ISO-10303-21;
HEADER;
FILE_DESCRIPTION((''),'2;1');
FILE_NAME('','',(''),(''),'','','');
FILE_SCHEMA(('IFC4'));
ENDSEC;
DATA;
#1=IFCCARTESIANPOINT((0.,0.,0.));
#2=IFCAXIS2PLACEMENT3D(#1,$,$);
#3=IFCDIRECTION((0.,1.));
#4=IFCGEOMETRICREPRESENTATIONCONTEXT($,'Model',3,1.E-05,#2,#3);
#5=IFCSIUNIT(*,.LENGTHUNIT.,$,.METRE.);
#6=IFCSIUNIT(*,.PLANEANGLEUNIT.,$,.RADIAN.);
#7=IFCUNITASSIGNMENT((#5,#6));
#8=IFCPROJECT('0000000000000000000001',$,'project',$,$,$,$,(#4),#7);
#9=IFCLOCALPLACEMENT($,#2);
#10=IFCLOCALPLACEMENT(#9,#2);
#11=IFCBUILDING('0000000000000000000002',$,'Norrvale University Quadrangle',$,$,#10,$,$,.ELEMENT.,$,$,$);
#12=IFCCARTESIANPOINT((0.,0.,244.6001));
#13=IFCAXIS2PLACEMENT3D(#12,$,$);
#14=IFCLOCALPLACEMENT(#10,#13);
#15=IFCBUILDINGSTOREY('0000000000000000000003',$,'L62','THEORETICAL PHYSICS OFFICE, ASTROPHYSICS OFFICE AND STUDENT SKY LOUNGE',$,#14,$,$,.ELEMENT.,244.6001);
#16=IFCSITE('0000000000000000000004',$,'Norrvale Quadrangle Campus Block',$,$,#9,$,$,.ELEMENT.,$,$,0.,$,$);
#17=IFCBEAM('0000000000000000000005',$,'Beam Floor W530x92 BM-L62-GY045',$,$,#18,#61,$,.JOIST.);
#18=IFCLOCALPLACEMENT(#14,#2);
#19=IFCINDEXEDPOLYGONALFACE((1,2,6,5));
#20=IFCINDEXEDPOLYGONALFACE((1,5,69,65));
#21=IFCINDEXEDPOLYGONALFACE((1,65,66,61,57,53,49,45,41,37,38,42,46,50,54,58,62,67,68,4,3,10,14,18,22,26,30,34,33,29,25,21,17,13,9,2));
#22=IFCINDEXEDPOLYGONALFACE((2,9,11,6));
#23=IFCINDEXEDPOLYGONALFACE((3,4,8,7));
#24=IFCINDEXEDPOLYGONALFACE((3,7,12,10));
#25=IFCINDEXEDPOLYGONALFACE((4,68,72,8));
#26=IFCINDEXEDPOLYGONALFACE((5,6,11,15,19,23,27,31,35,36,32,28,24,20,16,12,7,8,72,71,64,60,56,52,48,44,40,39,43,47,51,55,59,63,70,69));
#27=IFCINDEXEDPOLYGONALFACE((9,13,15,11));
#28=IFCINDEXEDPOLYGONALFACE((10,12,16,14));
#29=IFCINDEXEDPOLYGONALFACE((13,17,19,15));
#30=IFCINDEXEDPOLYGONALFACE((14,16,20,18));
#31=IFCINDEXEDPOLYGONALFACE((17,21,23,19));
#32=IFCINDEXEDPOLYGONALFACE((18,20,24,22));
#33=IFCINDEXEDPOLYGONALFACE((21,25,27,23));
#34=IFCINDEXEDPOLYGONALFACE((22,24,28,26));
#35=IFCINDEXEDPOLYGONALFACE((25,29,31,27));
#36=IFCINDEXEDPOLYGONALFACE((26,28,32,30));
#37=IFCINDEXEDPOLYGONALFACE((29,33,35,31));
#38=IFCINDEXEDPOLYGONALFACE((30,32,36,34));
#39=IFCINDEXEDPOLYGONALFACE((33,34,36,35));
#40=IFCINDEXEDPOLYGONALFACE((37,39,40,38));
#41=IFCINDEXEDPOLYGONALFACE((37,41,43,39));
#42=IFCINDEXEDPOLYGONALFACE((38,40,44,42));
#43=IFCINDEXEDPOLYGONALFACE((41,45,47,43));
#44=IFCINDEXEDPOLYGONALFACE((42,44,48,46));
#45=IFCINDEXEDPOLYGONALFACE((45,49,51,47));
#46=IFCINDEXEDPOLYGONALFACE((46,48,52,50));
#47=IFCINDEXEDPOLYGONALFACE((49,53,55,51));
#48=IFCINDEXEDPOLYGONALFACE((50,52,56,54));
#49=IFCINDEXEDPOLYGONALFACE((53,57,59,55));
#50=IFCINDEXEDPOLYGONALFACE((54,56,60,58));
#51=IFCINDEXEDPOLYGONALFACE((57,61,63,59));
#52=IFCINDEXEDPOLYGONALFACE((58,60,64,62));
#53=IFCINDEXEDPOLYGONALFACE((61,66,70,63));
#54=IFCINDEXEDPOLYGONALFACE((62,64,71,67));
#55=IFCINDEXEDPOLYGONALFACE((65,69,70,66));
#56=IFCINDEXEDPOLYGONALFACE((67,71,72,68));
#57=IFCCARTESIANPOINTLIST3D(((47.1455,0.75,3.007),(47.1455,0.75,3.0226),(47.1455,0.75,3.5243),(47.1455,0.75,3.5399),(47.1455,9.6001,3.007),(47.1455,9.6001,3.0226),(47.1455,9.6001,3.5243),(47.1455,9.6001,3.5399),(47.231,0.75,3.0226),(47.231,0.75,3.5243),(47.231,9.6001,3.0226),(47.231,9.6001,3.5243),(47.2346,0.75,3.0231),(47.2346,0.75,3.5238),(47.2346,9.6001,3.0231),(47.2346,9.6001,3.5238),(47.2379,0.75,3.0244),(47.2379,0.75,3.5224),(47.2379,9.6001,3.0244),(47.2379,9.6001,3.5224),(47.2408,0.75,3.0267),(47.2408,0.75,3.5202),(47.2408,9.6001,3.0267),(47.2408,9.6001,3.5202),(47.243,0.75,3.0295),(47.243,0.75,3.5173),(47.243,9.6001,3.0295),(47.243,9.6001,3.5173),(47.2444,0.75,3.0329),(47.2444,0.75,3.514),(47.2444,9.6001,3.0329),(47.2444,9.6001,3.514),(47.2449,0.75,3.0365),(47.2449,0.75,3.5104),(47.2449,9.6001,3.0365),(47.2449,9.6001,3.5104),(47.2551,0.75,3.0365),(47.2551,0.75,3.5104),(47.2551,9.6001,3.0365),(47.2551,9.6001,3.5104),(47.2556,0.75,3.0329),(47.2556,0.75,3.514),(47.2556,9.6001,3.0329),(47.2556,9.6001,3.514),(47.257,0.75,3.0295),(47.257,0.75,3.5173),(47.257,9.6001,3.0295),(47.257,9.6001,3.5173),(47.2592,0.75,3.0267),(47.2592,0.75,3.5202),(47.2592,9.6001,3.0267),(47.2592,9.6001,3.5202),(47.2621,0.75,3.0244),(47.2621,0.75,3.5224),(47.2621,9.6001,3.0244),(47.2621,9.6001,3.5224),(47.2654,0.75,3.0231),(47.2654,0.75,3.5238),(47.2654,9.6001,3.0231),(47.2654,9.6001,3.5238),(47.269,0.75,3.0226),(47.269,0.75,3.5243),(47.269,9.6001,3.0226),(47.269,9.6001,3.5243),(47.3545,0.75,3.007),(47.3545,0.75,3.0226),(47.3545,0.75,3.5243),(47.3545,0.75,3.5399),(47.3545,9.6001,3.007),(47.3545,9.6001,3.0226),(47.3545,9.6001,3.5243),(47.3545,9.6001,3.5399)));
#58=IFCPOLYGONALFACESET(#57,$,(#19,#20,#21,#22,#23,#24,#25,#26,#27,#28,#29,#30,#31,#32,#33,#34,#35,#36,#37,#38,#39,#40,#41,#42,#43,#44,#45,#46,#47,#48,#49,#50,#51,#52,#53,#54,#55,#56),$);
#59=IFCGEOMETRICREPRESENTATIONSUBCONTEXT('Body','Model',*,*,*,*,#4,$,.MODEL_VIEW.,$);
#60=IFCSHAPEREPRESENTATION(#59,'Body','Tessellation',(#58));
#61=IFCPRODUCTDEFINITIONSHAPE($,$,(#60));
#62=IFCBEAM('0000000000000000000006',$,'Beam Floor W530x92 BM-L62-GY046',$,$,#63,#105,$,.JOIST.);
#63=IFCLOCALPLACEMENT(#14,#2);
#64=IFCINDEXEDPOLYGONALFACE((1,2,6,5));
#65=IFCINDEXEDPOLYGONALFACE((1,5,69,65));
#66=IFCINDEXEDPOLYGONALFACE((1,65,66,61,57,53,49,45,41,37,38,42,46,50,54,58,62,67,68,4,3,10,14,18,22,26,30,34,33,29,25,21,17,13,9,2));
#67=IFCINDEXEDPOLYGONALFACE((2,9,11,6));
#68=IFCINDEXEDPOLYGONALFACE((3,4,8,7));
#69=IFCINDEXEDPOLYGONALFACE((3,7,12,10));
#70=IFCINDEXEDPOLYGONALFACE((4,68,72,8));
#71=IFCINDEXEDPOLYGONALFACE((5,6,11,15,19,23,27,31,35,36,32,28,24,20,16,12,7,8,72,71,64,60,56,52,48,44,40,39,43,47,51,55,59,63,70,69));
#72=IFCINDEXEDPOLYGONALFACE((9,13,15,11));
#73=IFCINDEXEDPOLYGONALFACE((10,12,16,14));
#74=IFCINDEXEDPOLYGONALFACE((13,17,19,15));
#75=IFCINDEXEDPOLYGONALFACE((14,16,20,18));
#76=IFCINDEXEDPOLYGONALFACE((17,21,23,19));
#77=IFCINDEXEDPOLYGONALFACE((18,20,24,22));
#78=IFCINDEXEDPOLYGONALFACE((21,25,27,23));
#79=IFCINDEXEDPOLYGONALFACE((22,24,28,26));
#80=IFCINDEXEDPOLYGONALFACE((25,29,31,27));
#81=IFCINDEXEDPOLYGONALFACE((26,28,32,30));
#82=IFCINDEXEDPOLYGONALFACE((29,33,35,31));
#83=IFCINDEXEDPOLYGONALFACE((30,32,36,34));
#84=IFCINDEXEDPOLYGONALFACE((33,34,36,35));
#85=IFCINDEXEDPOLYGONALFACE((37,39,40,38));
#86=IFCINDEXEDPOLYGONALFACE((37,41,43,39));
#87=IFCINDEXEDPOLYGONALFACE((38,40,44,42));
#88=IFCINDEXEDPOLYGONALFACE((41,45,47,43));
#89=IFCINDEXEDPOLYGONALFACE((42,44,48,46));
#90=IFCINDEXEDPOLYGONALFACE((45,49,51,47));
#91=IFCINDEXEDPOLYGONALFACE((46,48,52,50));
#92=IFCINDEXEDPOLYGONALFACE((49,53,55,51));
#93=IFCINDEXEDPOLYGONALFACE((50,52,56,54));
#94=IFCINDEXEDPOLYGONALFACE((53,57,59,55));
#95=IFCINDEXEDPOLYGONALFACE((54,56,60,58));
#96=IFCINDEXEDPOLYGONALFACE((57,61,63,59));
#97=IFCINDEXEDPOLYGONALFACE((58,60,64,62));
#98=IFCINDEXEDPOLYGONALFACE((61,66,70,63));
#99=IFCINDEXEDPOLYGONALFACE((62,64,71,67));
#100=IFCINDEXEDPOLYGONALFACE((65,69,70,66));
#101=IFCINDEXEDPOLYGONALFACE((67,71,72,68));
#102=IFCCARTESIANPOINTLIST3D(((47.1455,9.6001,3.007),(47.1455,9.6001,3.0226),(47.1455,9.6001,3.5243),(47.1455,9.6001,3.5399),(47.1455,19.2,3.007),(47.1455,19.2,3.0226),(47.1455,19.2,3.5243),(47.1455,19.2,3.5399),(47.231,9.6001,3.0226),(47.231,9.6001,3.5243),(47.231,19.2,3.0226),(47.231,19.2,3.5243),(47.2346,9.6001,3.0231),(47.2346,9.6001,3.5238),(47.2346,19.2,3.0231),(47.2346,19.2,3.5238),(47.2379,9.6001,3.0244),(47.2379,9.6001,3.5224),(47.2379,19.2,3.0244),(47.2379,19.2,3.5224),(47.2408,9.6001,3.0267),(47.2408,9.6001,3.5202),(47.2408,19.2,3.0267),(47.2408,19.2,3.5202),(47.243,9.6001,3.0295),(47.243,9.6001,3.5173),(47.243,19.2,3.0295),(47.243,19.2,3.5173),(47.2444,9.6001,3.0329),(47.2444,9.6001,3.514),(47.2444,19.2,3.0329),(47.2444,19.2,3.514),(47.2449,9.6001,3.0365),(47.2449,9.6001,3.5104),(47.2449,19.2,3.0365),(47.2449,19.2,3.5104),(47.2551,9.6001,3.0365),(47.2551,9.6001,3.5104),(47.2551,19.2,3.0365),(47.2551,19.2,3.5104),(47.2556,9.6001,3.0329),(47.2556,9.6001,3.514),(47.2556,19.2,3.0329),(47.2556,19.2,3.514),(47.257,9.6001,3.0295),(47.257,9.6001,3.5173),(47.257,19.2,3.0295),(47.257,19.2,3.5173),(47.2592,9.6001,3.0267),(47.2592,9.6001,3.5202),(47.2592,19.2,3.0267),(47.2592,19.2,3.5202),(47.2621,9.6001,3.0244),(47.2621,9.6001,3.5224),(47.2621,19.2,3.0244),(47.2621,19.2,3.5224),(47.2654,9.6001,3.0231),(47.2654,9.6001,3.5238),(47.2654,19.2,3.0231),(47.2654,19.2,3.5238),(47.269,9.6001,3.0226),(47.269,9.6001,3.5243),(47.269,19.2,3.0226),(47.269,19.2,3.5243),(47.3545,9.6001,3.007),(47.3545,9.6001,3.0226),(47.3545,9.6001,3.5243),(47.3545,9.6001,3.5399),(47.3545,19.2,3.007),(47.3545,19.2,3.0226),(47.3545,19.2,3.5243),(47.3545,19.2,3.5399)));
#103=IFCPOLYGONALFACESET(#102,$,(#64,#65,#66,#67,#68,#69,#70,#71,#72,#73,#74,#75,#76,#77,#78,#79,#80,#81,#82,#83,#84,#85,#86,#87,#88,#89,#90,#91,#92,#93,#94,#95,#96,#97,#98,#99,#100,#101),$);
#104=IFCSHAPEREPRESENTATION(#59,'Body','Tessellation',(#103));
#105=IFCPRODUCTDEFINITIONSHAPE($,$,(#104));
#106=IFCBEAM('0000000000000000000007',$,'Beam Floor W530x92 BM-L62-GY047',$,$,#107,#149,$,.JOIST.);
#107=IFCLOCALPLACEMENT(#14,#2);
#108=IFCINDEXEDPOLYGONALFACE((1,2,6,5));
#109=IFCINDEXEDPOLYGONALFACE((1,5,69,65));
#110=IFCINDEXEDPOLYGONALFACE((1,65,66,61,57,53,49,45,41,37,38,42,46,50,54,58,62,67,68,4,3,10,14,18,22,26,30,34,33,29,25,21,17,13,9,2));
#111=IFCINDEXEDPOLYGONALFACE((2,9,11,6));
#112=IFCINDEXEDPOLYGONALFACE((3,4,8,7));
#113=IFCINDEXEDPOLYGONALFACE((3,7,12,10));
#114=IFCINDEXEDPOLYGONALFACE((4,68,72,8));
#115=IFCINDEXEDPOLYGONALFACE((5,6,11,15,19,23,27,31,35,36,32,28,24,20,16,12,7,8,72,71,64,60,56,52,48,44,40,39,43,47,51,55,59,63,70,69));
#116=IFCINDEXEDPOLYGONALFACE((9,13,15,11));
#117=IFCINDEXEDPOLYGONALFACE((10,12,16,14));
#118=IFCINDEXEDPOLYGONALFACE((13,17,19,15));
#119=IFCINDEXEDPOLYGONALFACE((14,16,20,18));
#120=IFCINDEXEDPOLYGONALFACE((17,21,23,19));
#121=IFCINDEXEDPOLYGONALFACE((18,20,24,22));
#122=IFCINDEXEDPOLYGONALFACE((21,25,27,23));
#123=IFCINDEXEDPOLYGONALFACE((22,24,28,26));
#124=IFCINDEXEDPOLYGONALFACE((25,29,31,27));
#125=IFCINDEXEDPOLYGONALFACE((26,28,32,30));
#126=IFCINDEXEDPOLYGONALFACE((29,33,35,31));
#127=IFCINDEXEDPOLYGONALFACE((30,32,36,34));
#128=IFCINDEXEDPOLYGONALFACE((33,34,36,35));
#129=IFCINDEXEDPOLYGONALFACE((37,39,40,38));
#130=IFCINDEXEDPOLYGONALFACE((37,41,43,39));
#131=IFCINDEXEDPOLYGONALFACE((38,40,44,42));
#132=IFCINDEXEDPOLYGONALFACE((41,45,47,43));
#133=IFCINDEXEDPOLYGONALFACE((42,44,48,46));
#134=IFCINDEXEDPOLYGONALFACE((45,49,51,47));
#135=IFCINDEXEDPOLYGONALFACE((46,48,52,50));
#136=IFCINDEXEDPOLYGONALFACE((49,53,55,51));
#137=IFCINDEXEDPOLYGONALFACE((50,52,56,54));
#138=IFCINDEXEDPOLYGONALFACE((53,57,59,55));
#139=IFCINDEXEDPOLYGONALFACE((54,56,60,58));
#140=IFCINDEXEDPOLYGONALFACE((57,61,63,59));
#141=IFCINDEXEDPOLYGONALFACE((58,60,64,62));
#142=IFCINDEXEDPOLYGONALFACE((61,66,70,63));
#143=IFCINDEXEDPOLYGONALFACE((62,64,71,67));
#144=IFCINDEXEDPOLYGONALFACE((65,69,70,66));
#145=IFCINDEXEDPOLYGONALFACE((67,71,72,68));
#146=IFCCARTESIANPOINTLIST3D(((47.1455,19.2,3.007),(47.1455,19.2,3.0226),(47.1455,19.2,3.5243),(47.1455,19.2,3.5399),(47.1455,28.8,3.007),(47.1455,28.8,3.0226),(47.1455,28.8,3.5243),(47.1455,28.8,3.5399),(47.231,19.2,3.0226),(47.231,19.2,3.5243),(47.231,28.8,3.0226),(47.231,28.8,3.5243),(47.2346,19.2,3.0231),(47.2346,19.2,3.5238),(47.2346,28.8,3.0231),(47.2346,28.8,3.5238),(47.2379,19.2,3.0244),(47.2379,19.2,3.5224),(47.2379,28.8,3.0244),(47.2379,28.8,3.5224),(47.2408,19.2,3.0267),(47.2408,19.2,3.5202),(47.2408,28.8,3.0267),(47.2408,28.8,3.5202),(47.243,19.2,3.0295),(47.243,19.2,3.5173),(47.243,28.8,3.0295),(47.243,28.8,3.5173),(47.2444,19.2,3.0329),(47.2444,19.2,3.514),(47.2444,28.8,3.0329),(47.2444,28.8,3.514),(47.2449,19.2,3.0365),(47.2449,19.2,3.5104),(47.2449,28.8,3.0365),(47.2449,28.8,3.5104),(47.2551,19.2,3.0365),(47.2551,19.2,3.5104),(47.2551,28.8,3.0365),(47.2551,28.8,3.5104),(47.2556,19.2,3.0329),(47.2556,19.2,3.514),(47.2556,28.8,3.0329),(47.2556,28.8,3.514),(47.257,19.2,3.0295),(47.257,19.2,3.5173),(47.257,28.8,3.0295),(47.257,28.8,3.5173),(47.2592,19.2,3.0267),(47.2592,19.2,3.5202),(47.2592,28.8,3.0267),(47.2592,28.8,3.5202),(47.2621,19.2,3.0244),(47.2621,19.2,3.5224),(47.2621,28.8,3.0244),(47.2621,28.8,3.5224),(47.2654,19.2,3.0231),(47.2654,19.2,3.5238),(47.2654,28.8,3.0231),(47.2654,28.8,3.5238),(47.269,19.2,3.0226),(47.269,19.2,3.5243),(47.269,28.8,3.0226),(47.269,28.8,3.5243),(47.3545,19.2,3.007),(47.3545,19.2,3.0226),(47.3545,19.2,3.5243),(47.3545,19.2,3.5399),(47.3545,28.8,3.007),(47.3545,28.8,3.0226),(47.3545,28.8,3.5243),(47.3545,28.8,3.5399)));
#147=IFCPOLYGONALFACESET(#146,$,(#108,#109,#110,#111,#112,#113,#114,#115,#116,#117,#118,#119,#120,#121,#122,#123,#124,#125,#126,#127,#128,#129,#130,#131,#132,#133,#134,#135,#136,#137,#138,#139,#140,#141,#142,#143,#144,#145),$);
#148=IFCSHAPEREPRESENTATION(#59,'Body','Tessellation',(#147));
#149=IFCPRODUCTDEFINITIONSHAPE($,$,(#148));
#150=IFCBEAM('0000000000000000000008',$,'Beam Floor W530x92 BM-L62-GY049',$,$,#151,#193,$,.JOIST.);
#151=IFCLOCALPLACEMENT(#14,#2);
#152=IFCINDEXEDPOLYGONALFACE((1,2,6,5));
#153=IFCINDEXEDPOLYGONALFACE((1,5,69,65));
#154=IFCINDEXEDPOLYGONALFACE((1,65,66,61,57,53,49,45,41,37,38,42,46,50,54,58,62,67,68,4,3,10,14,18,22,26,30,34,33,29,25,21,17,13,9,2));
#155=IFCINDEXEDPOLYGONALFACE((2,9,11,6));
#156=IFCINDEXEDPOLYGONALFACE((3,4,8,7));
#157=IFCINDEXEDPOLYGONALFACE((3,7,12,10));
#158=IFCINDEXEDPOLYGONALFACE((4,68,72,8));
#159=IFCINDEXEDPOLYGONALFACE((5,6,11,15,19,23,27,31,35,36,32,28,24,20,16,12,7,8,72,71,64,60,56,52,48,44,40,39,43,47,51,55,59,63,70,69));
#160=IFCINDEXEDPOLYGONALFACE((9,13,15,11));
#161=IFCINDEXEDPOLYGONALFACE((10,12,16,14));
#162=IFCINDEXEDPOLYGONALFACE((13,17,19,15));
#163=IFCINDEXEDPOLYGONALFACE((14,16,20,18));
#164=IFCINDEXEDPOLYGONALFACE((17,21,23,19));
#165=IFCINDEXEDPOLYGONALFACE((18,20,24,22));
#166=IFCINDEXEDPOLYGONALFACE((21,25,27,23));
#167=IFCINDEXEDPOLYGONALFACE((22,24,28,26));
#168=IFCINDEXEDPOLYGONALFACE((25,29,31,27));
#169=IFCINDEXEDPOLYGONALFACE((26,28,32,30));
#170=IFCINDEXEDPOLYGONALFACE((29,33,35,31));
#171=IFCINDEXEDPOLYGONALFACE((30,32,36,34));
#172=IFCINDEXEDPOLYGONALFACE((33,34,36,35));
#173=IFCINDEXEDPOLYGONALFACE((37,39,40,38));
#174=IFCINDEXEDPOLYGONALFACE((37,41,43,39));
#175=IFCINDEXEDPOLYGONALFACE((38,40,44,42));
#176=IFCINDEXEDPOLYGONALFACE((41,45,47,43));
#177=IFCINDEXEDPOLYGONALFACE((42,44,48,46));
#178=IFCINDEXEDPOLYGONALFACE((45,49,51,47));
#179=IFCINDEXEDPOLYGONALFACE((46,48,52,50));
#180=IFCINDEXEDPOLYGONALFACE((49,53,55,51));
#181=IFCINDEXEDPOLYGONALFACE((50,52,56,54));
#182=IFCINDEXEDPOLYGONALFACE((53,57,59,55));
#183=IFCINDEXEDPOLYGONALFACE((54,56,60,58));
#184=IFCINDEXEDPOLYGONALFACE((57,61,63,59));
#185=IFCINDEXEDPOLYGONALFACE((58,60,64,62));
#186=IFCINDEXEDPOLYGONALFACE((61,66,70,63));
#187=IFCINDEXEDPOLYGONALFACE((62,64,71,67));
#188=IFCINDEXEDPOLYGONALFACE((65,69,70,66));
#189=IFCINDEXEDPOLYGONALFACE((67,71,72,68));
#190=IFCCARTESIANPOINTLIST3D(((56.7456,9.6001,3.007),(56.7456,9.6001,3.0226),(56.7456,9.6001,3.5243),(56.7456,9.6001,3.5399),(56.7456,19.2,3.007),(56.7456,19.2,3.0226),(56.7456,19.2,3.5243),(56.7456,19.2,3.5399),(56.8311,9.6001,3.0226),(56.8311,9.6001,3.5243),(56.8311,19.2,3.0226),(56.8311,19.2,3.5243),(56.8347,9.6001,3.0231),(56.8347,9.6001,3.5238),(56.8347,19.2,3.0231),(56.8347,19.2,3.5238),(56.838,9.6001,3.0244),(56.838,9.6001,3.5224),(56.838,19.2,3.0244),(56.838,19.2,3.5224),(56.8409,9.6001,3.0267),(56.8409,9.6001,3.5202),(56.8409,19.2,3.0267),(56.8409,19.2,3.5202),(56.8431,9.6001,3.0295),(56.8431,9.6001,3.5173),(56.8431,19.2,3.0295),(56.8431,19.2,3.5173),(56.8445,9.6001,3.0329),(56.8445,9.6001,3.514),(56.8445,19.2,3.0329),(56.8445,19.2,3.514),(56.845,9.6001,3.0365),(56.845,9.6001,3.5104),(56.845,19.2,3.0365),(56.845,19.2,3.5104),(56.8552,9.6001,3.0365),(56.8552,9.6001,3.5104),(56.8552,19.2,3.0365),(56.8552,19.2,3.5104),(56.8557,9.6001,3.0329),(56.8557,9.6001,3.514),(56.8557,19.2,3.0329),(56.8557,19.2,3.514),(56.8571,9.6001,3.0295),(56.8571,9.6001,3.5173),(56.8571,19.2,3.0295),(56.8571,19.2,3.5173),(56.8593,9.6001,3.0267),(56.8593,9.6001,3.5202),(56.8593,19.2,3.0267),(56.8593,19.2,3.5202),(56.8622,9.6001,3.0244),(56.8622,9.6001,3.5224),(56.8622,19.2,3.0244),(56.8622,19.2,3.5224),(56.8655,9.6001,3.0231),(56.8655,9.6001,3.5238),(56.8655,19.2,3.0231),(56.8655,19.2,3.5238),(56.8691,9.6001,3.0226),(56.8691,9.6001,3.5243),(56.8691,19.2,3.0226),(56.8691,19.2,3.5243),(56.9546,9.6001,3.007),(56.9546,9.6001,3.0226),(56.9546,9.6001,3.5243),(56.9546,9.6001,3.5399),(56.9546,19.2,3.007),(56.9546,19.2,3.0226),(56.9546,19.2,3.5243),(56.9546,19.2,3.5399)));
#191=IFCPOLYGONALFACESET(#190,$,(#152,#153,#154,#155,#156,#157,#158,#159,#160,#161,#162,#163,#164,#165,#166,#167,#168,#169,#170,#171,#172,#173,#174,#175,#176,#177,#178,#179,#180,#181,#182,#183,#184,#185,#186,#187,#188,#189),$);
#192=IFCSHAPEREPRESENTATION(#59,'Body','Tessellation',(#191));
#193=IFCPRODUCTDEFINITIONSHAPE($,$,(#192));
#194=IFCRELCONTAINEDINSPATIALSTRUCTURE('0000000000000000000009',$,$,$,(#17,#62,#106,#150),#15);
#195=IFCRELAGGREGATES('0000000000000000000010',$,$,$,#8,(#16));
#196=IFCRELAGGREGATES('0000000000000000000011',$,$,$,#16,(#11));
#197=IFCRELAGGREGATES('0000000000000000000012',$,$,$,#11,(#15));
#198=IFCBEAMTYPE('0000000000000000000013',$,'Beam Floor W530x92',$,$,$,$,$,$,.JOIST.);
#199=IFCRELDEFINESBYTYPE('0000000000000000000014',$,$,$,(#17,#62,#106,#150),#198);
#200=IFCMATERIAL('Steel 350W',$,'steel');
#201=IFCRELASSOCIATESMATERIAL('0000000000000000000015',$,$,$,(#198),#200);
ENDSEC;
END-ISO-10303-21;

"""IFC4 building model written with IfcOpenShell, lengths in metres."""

from ifc_helpers import new_model, si_unit, direction, frame, origin, origin_2d, place, context, subcontext, project, spatial, i_section, extrude, material, material_profile, profile_set, type_object, element, save


model = new_model("IFC4")

# Units and contexts
model_context = context("Model", 3, precision=1e-05, world=origin(), true_north=direction((0.0, 1.0)))
body_context = subcontext(model_context, "Body", "Model", "MODEL_VIEW")
ifc_project = project(units=[si_unit("LENGTHUNIT", "METRE"), si_unit("PLANEANGLEUNIT", "RADIAN")], contexts=[model_context])

# Site, building, storey
site_placement = place(None, origin())
site = spatial("IfcSite", under=ifc_project, at=site_placement, Name="Norrvale Quadrangle Campus Block", CompositionType="ELEMENT", RefElevation=0.0)
building_placement = place(site_placement, origin())
building = spatial("IfcBuilding", under=site, at=building_placement, Name="Norrvale University Quadrangle", CompositionType="ELEMENT")
storey_placement = place(building_placement, frame((0.0, 0.0, 244.6001)))
storey = spatial("IfcBuildingStorey", under=building, at=storey_placement, Name="L62", Description="THEORETICAL PHYSICS OFFICE, ASTROPHYSICS OFFICE AND STUDENT SKY LOUNGE", CompositionType="ELEMENT", Elevation=244.6001)

# Beams
ifc_material_1 = material(Name="Steel 350W", Category="steel")
ifc_material_profile_1 = material_profile(ifc_material_1, i_section(OverallWidth=0.209, OverallDepth=0.533, WebThickness=0.0103, FlangeThickness=0.0156, FilletRadius=0.0139, at=origin_2d()), Name="Steel 350W")
ifc_profile_set_1 = profile_set([ifc_material_profile_1], Name="Steel 350W")
beam_type_1 = type_object("IfcBeamType", Name="Beam Floor W530x92", PredefinedType="JOIST", material=ifc_profile_set_1)
beam_1_placement = place(storey_placement, frame((47.25, 0.75, 3.2734), z_axis=(0.0, 1.0, 0.0), x_axis=(-1.0, 0.0, 0.0)))
element("IfcBeam", 1, at=beam_1_placement, inside=storey, type_object=beam_type_1, Name="Beam Floor W530x92 BM-L62-GY045", PredefinedType="JOIST", context=body_context, shape_type="SweptSolid", body=[
    extrude(i_section(OverallWidth=0.209, OverallDepth=0.533, WebThickness=0.0103, FlangeThickness=0.0156, FilletRadius=0.0139, at=origin_2d()), origin(), (0.0, 0.0, 1.0), 8.8501),
])
beam_2_placement = place(storey_placement, frame((47.25, 9.6001, 3.2734), z_axis=(0.0, 1.0, 0.0), x_axis=(-1.0, 0.0, 0.0)))
element("IfcBeam", 2, at=beam_2_placement, inside=storey, type_object=beam_type_1, Name="Beam Floor W530x92 BM-L62-GY046", PredefinedType="JOIST", context=body_context, shape_type="SweptSolid", body=[
    extrude(i_section(OverallWidth=0.209, OverallDepth=0.533, WebThickness=0.0103, FlangeThickness=0.0156, FilletRadius=0.0139, at=origin_2d()), origin(), (0.0, 0.0, 1.0), 9.5999),
])
beam_3_placement = place(storey_placement, frame((47.25, 19.2, 3.2734), z_axis=(0.0, 1.0, 0.0), x_axis=(-1.0, 0.0, 0.0)))
element("IfcBeam", 3, at=beam_3_placement, inside=storey, type_object=beam_type_1, Name="Beam Floor W530x92 BM-L62-GY047", PredefinedType="JOIST", context=body_context, shape_type="SweptSolid", body=[
    extrude(i_section(OverallWidth=0.209, OverallDepth=0.533, WebThickness=0.0103, FlangeThickness=0.0156, FilletRadius=0.0139, at=origin_2d()), origin(), (0.0, 0.0, 1.0), 9.6001),
])
beam_4_placement = place(storey_placement, frame((56.8501, 9.6001, 3.2734), z_axis=(0.0, 1.0, 0.0), x_axis=(-1.0, 0.0, 0.0)))
element("IfcBeam", 4, at=beam_4_placement, inside=storey, type_object=beam_type_1, Name="Beam Floor W530x92 BM-L62-GY049", PredefinedType="JOIST", context=body_context, shape_type="SweptSolid", body=[
    extrude(i_section(OverallWidth=0.209, OverallDepth=0.533, WebThickness=0.0103, FlangeThickness=0.0156, FilletRadius=0.0139, at=origin_2d()), origin(), (0.0, 0.0, 1.0), 9.5999),
])

save(model, "model.ifc")
